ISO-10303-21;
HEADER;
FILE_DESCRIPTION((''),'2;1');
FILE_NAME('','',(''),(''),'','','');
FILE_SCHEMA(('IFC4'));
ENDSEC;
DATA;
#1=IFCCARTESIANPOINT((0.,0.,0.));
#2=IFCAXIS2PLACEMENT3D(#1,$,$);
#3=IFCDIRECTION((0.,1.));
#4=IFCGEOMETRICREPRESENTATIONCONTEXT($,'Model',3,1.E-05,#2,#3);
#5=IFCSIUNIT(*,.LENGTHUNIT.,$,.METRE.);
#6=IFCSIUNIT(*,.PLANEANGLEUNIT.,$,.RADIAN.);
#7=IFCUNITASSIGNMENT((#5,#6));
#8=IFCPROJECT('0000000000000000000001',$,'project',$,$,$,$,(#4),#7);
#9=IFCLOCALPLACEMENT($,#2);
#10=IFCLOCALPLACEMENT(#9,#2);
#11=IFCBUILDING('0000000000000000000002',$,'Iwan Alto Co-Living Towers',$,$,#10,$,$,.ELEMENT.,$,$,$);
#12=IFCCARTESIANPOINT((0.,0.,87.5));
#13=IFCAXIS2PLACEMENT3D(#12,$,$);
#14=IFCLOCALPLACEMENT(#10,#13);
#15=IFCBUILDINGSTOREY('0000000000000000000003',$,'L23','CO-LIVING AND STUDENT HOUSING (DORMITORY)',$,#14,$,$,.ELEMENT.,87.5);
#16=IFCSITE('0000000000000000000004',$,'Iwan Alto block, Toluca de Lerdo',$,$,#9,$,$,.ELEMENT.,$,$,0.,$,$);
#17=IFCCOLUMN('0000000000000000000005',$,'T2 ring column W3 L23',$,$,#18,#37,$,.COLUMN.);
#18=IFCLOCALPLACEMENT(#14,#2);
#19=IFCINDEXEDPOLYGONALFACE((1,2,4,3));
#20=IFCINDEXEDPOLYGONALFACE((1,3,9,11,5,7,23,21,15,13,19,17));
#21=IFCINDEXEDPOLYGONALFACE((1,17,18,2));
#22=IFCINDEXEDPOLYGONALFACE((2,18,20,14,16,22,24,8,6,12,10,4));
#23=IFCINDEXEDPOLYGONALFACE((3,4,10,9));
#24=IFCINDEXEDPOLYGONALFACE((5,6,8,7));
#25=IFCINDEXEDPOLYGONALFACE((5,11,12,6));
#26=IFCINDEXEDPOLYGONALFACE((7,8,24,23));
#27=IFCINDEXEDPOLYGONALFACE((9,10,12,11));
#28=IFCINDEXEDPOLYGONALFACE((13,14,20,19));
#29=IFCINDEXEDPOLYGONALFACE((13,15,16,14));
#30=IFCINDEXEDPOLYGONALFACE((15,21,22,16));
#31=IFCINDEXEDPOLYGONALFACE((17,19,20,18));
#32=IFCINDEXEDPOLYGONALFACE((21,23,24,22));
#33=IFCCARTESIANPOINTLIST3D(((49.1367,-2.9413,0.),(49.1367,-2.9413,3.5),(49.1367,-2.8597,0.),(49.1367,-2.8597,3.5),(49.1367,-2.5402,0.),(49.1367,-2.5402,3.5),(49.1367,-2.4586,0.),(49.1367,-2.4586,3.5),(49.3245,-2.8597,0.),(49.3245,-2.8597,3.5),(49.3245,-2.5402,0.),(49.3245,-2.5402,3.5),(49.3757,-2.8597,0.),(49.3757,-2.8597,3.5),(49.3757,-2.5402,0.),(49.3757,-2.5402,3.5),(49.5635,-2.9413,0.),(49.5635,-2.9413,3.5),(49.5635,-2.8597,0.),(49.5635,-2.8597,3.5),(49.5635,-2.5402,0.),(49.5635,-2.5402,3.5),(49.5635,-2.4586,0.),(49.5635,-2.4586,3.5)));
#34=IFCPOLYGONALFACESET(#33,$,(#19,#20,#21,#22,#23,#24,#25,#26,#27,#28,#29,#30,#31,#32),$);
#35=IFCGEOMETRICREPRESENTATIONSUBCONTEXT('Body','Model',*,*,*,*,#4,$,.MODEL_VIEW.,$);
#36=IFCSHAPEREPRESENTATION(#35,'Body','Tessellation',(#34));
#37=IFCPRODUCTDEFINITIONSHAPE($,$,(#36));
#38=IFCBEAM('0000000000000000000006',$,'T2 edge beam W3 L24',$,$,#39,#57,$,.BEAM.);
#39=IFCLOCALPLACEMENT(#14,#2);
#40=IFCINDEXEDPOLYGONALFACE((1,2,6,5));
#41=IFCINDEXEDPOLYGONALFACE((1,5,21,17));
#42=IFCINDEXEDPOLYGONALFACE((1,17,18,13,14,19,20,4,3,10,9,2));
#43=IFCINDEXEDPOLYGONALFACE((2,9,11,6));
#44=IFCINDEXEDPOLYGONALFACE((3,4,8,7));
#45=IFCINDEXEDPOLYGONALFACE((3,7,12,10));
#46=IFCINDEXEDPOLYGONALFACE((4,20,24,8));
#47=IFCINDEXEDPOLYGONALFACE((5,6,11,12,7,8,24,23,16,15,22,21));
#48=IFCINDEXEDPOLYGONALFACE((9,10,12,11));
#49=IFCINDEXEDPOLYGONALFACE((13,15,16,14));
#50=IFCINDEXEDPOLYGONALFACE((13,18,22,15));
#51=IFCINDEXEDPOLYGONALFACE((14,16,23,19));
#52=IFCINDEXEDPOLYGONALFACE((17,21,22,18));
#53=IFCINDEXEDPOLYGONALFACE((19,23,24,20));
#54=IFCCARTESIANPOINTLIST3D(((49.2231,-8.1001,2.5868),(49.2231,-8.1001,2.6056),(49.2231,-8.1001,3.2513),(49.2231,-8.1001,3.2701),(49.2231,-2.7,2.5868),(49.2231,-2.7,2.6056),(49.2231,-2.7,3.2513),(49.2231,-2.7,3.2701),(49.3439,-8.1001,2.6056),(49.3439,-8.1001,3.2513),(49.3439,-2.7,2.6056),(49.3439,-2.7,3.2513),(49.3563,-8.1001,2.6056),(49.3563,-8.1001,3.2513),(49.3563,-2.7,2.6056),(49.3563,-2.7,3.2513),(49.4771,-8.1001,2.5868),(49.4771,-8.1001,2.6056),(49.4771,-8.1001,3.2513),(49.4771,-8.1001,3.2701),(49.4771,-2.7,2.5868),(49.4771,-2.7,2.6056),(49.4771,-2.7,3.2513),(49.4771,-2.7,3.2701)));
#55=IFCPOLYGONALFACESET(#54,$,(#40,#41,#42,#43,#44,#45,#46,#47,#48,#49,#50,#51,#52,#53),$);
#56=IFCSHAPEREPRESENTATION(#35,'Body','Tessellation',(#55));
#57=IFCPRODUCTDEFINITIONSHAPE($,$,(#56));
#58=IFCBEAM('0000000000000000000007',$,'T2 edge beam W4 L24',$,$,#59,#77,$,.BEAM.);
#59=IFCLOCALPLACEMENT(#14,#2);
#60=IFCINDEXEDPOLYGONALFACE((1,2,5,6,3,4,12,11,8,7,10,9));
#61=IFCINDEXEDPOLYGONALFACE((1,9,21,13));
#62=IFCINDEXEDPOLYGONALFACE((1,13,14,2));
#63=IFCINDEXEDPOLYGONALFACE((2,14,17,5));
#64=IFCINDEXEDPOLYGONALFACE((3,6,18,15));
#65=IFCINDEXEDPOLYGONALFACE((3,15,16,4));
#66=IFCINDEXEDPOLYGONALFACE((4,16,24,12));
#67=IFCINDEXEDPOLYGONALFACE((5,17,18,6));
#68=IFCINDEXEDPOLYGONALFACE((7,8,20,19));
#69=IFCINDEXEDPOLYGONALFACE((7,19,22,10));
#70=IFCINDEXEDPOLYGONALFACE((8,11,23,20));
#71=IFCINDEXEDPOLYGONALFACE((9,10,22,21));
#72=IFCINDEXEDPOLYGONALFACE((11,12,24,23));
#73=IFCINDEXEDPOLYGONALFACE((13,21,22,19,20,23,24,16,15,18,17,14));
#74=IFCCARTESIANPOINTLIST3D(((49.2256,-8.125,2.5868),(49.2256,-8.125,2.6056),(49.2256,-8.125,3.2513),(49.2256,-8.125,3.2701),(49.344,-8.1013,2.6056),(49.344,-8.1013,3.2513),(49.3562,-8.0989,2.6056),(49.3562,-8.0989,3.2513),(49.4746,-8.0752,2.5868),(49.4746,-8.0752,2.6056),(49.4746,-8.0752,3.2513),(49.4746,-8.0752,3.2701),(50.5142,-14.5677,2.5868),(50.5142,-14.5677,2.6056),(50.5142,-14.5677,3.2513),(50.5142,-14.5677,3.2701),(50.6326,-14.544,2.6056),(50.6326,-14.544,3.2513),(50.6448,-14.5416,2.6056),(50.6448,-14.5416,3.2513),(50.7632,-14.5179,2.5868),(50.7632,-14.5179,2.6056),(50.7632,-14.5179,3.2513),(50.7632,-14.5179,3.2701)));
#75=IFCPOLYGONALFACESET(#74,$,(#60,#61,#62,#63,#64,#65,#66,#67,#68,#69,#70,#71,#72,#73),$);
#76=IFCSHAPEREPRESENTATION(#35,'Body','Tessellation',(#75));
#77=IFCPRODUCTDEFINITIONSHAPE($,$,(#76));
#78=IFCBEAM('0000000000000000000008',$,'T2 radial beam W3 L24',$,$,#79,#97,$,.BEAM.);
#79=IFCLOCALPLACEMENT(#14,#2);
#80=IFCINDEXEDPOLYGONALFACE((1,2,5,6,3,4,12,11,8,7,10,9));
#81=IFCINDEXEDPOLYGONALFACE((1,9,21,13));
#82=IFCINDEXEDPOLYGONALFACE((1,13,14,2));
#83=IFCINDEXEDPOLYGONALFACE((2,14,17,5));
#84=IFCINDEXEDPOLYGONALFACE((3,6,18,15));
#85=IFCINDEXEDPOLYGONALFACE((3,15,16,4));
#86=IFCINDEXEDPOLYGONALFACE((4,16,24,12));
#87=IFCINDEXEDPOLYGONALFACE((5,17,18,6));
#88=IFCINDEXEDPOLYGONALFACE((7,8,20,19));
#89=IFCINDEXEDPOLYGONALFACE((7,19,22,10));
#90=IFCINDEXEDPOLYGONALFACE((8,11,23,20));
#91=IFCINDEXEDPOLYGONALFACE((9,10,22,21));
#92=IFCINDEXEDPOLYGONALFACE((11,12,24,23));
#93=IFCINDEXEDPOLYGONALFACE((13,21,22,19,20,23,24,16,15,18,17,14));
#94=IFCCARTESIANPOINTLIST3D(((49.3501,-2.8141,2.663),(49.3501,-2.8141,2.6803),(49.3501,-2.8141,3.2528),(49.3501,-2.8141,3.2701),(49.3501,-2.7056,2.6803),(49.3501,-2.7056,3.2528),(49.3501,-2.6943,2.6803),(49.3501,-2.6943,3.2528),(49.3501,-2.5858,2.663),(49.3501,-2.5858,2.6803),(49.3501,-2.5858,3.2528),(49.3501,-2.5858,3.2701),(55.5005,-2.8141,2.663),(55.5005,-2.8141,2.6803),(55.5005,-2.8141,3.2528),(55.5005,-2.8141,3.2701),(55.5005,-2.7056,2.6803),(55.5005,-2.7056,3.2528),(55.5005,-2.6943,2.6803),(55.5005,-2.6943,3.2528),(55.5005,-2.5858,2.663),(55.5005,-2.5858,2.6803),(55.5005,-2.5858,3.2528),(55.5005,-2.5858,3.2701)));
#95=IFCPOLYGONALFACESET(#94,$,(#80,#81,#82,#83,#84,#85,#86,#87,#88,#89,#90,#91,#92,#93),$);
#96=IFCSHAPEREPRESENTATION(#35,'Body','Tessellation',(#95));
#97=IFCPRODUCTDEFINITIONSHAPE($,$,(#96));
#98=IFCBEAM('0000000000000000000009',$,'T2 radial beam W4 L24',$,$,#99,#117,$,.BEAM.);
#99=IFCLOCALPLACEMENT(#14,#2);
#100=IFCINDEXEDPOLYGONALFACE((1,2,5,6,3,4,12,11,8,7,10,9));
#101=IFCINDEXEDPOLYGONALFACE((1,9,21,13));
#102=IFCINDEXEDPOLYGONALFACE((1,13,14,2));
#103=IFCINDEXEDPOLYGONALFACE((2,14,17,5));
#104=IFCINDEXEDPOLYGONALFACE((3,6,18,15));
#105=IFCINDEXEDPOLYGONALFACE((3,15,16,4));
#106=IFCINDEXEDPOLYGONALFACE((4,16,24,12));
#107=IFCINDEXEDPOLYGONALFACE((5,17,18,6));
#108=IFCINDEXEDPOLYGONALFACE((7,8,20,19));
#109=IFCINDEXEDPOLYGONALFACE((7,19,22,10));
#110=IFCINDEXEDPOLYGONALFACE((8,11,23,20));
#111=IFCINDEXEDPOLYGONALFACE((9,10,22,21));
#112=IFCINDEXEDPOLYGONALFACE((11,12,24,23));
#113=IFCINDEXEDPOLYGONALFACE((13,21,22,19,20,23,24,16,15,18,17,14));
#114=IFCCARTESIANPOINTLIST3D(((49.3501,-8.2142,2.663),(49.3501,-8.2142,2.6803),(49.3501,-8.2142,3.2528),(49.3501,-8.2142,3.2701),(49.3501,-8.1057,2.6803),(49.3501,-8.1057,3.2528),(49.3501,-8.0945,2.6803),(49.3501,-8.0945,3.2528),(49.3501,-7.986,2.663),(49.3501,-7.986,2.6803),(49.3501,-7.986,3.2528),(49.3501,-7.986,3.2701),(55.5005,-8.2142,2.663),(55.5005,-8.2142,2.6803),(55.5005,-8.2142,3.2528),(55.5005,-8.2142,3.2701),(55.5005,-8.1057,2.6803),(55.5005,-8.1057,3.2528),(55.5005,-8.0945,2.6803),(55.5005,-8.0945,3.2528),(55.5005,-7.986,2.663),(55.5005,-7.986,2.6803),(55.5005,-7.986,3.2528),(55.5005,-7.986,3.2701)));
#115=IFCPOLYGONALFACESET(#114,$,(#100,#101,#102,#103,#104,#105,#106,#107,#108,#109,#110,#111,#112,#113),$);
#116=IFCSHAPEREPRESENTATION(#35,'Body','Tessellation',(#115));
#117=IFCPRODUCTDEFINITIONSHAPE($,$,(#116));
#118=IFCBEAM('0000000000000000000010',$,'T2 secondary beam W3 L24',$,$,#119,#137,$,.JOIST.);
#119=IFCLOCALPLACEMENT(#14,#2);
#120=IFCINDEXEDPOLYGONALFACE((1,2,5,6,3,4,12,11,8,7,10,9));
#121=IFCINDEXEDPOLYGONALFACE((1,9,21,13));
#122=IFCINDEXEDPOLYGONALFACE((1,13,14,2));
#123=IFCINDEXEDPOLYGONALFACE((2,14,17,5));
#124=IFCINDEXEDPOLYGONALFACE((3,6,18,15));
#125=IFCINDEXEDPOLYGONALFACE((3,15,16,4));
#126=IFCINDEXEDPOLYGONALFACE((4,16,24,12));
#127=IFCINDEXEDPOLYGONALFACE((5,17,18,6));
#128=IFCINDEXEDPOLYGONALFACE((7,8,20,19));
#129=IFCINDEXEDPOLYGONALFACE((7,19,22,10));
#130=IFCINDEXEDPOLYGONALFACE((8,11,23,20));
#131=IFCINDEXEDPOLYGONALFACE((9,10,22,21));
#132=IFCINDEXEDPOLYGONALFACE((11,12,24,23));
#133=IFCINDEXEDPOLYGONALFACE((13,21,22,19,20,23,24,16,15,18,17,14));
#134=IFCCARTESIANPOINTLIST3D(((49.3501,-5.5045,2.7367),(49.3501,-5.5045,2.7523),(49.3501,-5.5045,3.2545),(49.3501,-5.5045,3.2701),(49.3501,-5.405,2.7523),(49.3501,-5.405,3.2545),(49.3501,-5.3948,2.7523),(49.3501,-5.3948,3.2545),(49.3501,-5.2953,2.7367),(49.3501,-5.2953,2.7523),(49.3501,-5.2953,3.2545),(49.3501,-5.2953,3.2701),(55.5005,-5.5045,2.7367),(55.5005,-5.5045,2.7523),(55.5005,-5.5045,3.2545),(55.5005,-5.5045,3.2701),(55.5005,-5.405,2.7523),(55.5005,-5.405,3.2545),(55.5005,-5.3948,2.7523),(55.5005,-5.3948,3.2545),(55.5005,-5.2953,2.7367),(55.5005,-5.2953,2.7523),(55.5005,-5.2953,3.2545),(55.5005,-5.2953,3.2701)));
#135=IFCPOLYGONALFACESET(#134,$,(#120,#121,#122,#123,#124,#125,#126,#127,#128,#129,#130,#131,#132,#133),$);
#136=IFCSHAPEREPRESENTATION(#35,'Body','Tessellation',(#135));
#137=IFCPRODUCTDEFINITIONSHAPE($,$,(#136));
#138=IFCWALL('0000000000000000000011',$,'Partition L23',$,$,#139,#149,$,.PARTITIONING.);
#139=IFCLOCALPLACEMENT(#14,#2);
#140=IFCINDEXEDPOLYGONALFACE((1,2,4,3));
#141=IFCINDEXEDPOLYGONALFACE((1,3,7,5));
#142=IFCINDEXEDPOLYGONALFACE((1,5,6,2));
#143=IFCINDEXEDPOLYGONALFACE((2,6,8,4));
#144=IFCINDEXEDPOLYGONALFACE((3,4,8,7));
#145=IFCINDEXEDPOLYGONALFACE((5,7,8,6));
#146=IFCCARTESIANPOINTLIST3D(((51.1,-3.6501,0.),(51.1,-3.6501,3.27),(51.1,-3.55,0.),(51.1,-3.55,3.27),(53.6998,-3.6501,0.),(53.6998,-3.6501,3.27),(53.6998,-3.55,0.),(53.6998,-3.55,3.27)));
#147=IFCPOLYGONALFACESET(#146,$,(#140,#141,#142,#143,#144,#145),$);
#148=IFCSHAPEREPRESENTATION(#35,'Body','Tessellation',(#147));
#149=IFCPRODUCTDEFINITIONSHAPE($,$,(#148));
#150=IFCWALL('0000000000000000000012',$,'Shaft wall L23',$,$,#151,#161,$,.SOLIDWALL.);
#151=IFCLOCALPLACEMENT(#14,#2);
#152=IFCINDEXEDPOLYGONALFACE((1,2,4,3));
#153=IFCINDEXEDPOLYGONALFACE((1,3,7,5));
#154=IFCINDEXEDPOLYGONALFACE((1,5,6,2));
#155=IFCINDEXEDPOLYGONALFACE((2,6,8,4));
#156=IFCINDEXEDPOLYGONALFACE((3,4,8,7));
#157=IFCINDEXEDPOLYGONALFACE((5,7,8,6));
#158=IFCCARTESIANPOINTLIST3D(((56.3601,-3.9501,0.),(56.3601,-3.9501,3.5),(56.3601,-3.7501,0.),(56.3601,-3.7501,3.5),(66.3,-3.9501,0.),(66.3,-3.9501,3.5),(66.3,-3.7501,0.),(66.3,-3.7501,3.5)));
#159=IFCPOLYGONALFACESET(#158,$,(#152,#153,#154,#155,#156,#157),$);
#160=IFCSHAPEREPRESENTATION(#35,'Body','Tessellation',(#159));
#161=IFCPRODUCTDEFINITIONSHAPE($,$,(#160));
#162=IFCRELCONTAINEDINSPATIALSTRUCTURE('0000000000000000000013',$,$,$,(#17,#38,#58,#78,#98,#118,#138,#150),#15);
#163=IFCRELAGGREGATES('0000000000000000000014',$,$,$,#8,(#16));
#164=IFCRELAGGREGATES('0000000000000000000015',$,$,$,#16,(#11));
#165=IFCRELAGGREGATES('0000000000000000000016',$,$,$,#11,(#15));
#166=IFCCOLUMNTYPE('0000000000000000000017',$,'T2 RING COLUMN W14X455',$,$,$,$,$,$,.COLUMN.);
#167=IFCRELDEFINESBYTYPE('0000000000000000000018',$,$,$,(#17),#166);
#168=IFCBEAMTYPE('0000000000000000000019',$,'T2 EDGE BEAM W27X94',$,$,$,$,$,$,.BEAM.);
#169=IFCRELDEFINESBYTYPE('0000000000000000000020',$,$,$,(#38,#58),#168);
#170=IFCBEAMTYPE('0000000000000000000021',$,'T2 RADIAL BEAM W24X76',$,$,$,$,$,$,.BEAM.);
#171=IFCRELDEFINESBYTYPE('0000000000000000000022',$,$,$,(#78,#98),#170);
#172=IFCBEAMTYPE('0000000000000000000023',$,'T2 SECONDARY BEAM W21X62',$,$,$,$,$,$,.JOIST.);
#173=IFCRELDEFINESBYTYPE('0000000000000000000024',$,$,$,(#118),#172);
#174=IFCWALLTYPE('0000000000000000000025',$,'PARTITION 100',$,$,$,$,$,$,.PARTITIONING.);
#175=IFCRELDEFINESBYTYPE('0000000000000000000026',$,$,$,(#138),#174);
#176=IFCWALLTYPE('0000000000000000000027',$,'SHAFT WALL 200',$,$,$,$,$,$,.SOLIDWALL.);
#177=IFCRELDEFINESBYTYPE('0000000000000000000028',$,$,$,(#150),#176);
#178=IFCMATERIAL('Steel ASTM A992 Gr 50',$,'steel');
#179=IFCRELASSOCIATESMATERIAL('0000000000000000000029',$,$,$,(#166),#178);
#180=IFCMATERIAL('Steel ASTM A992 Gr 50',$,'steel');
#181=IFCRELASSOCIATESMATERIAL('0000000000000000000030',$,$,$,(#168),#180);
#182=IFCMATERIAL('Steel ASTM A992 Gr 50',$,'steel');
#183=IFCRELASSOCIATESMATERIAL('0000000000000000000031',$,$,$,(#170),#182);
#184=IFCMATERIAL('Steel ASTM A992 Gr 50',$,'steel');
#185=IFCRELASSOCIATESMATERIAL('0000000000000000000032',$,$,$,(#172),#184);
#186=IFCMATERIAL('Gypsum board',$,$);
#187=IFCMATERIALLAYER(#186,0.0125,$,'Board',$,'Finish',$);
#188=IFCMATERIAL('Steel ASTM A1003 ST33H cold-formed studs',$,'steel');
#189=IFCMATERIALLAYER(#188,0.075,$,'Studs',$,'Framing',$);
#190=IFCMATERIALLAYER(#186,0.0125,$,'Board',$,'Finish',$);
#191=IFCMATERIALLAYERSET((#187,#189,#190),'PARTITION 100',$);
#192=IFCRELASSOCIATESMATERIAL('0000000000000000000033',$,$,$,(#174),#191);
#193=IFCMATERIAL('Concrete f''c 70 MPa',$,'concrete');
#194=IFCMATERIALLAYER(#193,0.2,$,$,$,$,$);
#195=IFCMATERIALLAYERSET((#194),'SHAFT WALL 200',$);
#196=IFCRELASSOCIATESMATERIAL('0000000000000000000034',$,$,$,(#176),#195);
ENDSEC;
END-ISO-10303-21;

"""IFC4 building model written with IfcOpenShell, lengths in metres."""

from ifc_helpers import new_model, si_unit, direction, frame, frame_2d, origin, origin_2d, place, context, subcontext, project, spatial, rectangle, i_section, extrude, material, layer, layer_set, material_profile, profile_set, type_object, element, save


model = new_model("IFC4")

# Units and contexts
model_context = context("Model", 3, precision=1e-05, world=origin(), true_north=direction((0.0, 1.0)))
body_context = subcontext(model_context, "Body", "Model", "MODEL_VIEW")
ifc_project = project(units=[si_unit("LENGTHUNIT", "METRE"), si_unit("PLANEANGLEUNIT", "RADIAN")], contexts=[model_context])

# Site, building, storey
site_placement = place(None, origin())
site = spatial("IfcSite", under=ifc_project, at=site_placement, Name="Iwan Alto block, Toluca de Lerdo", CompositionType="ELEMENT", RefElevation=0.0)
building_placement = place(site_placement, origin())
building = spatial("IfcBuilding", under=site, at=building_placement, Name="Iwan Alto Co-Living Towers", CompositionType="ELEMENT")
storey_placement = place(building_placement, frame((0.0, 0.0, 87.5)))
storey = spatial("IfcBuildingStorey", under=building, at=storey_placement, Name="L23", Description="CO-LIVING AND STUDENT HOUSING (DORMITORY)", CompositionType="ELEMENT", Elevation=87.5)

# Column
ifc_material_1 = material(Name="Steel ASTM A992 Gr 50", Category="steel")
ifc_material_profile_1 = material_profile(ifc_material_1, i_section(OverallWidth=0.4268, OverallDepth=0.4827, WebThickness=0.0513, FlangeThickness=0.0815, at=origin_2d()), Name="W14X455")
ifc_profile_set_1 = profile_set([ifc_material_profile_1], Name="Steel ASTM A992 Gr 50")
column_type = type_object("IfcColumnType", Name="T2 RING COLUMN W14X455", PredefinedType="COLUMN", material=ifc_profile_set_1)
column_placement = place(storey_placement, frame((49.3501, -2.7, 0.0), z_axis=(0.0, 0.0, 1.0), x_axis=(1.0, 0.0, 0.0)))
element("IfcColumn", 1, at=column_placement, inside=storey, type_object=column_type, Name="T2 ring column W3 L23", PredefinedType="COLUMN", context=body_context, shape_type="SweptSolid", body=[
    extrude(i_section(OverallWidth=0.4268, OverallDepth=0.4827, WebThickness=0.0513, FlangeThickness=0.0815, at=origin_2d()), origin(), (0.0, 0.0, 1.0), 3.5),
])

# Beams
ifc_material_2 = material(Name="Steel ASTM A992 Gr 50", Category="steel")
ifc_material_profile_2 = material_profile(ifc_material_2, i_section(OverallWidth=0.2539, OverallDepth=0.6833, WebThickness=0.0125, FlangeThickness=0.0188, at=origin_2d()), Name="W27X94")
ifc_profile_set_2 = profile_set([ifc_material_profile_2], Name="Steel ASTM A992 Gr 50")
beam_type_1 = type_object("IfcBeamType", Name="T2 EDGE BEAM W27X94", PredefinedType="BEAM", material=ifc_profile_set_2)
beam_1_placement = place(storey_placement, frame((49.3501, -2.7, 2.9285), z_axis=(0.0, -1.0, 0.0), x_axis=(1.0, 0.0, 0.0)))
element("IfcBeam", 2, at=beam_1_placement, inside=storey, type_object=beam_type_1, Name="T2 edge beam W3 L24", PredefinedType="BEAM", context=body_context, shape_type="SweptSolid", body=[
    extrude(i_section(OverallWidth=0.2539, OverallDepth=0.6833, WebThickness=0.0125, FlangeThickness=0.0188, at=origin_2d()), origin(), (0.0, 0.0, 1.0), 5.4001),
])
beam_2_placement = place(storey_placement, frame((49.3501, -8.1001, 2.9285), z_axis=(0.196123, -0.980579, 0.0), x_axis=(0.980579, 0.196123, 0.0)))
element("IfcBeam", 3, at=beam_2_placement, inside=storey, type_object=beam_type_1, Name="T2 edge beam W4 L24", PredefinedType="BEAM", context=body_context, shape_type="SweptSolid", body=[
    extrude(i_section(OverallWidth=0.2539, OverallDepth=0.6833, WebThickness=0.0125, FlangeThickness=0.0188, at=origin_2d()), origin(), (0.0, 0.0, 1.0), 6.5703),
])
ifc_material_3 = material(Name="Steel ASTM A992 Gr 50", Category="steel")
ifc_material_profile_3 = material_profile(ifc_material_3, i_section(OverallWidth=0.2283, OverallDepth=0.6072, WebThickness=0.0112, FlangeThickness=0.0173, at=origin_2d()), Name="W24X76")
ifc_profile_set_3 = profile_set([ifc_material_profile_3], Name="Steel ASTM A992 Gr 50")
beam_type_2 = type_object("IfcBeamType", Name="T2 RADIAL BEAM W24X76", PredefinedType="BEAM", material=ifc_profile_set_3)
for number, where, z_axis, x_axis, name in (
    (4, (49.3501, -2.7, 2.9666), (1.0, 0.0, 0.0), (0.0, 1.0, 0.0), "T2 radial beam W3 L24"),
    (5, (49.3501, -8.1001, 2.9666), (1.0, 0.0, 0.0), (0.0, 1.0, 0.0), "T2 radial beam W4 L24"),
):
    element("IfcBeam", number, at=place(storey_placement, frame(where, z_axis=z_axis, x_axis=x_axis)), inside=storey, type_object=beam_type_2, Name=name, PredefinedType="BEAM", context=body_context, shape_type="SweptSolid", body=[
        extrude(i_section(OverallWidth=0.2283, OverallDepth=0.6072, WebThickness=0.0112, FlangeThickness=0.0173, at=origin_2d()), origin(), (0.0, 0.0, 1.0), 6.1504),
    ])
ifc_material_4 = material(Name="Steel ASTM A992 Gr 50", Category="steel")
ifc_material_profile_4 = material_profile(ifc_material_4, i_section(OverallWidth=0.2092, OverallDepth=0.5334, WebThickness=0.0103, FlangeThickness=0.0156, at=origin_2d()), Name="W21X62")
ifc_profile_set_4 = profile_set([ifc_material_profile_4], Name="Steel ASTM A992 Gr 50")
beam_type_3 = type_object("IfcBeamType", Name="T2 SECONDARY BEAM W21X62", PredefinedType="JOIST", material=ifc_profile_set_4)
beam_3_placement = place(storey_placement, frame((49.3501, -5.3999, 3.0034), z_axis=(1.0, 0.0, 0.0), x_axis=(0.0, 1.0, 0.0)))
element("IfcBeam", 6, at=beam_3_placement, inside=storey, type_object=beam_type_3, Name="T2 secondary beam W3 L24", PredefinedType="JOIST", context=body_context, shape_type="SweptSolid", body=[
    extrude(i_section(OverallWidth=0.2092, OverallDepth=0.5334, WebThickness=0.0103, FlangeThickness=0.0156, at=origin_2d()), origin(), (0.0, 0.0, 1.0), 6.1504),
])

# Walls
ifc_material_5 = material(Name="Gypsum board")
ifc_layer_1 = layer(ifc_material_5, 0.0125, Name="Board", Category="Finish")
ifc_material_6 = material(Name="Steel ASTM A1003 ST33H cold-formed studs", Category="steel")
ifc_layer_2 = layer(ifc_material_6, 0.075, Name="Studs", Category="Framing")
ifc_layer_3 = layer(ifc_material_5, 0.0125, Name="Board", Category="Finish")
ifc_layer_set_1 = layer_set([ifc_layer_1, ifc_layer_2, ifc_layer_3], Name="PARTITION 100")
wall_type_1 = type_object("IfcWallType", Name="PARTITION 100", PredefinedType="PARTITIONING", material=ifc_layer_set_1)
wall_1_placement = place(storey_placement, frame((51.1001, -3.6001, 0.0), z_axis=(0.0, 0.0, 1.0), x_axis=(1.0, 0.0, 0.0)))
element("IfcWall", 7, at=wall_1_placement, inside=storey, type_object=wall_type_1, Name="Partition L23", PredefinedType="PARTITIONING", context=body_context, shape_type="SweptSolid", body=[
    extrude(rectangle(XDim=2.5999, YDim=0.1001, at=frame_2d((1.2998, 0.0))), origin(), (0.0, 0.0, 1.0), 3.27),
])
ifc_material_7 = material(Name="Concrete f'c 70 MPa", Category="concrete")
ifc_layer_4 = layer(ifc_material_7, 0.2)
ifc_layer_set_2 = layer_set([ifc_layer_4], Name="SHAFT WALL 200")
wall_type_2 = type_object("IfcWallType", Name="SHAFT WALL 200", PredefinedType="SOLIDWALL", material=ifc_layer_set_2)
wall_2_placement = place(storey_placement, frame((56.3601, -3.8501, 0.0), z_axis=(0.0, 0.0, 1.0), x_axis=(1.0, 0.0, 0.0)))
element("IfcWall", 8, at=wall_2_placement, inside=storey, type_object=wall_type_2, Name="Shaft wall L23", PredefinedType="SOLIDWALL", context=body_context, shape_type="SweptSolid", body=[
    extrude(rectangle(XDim=9.9399, YDim=0.2, at=frame_2d((4.97, 0.0))), origin(), (0.0, 0.0, 1.0), 3.5),
])

save(model, "model.ifc")
